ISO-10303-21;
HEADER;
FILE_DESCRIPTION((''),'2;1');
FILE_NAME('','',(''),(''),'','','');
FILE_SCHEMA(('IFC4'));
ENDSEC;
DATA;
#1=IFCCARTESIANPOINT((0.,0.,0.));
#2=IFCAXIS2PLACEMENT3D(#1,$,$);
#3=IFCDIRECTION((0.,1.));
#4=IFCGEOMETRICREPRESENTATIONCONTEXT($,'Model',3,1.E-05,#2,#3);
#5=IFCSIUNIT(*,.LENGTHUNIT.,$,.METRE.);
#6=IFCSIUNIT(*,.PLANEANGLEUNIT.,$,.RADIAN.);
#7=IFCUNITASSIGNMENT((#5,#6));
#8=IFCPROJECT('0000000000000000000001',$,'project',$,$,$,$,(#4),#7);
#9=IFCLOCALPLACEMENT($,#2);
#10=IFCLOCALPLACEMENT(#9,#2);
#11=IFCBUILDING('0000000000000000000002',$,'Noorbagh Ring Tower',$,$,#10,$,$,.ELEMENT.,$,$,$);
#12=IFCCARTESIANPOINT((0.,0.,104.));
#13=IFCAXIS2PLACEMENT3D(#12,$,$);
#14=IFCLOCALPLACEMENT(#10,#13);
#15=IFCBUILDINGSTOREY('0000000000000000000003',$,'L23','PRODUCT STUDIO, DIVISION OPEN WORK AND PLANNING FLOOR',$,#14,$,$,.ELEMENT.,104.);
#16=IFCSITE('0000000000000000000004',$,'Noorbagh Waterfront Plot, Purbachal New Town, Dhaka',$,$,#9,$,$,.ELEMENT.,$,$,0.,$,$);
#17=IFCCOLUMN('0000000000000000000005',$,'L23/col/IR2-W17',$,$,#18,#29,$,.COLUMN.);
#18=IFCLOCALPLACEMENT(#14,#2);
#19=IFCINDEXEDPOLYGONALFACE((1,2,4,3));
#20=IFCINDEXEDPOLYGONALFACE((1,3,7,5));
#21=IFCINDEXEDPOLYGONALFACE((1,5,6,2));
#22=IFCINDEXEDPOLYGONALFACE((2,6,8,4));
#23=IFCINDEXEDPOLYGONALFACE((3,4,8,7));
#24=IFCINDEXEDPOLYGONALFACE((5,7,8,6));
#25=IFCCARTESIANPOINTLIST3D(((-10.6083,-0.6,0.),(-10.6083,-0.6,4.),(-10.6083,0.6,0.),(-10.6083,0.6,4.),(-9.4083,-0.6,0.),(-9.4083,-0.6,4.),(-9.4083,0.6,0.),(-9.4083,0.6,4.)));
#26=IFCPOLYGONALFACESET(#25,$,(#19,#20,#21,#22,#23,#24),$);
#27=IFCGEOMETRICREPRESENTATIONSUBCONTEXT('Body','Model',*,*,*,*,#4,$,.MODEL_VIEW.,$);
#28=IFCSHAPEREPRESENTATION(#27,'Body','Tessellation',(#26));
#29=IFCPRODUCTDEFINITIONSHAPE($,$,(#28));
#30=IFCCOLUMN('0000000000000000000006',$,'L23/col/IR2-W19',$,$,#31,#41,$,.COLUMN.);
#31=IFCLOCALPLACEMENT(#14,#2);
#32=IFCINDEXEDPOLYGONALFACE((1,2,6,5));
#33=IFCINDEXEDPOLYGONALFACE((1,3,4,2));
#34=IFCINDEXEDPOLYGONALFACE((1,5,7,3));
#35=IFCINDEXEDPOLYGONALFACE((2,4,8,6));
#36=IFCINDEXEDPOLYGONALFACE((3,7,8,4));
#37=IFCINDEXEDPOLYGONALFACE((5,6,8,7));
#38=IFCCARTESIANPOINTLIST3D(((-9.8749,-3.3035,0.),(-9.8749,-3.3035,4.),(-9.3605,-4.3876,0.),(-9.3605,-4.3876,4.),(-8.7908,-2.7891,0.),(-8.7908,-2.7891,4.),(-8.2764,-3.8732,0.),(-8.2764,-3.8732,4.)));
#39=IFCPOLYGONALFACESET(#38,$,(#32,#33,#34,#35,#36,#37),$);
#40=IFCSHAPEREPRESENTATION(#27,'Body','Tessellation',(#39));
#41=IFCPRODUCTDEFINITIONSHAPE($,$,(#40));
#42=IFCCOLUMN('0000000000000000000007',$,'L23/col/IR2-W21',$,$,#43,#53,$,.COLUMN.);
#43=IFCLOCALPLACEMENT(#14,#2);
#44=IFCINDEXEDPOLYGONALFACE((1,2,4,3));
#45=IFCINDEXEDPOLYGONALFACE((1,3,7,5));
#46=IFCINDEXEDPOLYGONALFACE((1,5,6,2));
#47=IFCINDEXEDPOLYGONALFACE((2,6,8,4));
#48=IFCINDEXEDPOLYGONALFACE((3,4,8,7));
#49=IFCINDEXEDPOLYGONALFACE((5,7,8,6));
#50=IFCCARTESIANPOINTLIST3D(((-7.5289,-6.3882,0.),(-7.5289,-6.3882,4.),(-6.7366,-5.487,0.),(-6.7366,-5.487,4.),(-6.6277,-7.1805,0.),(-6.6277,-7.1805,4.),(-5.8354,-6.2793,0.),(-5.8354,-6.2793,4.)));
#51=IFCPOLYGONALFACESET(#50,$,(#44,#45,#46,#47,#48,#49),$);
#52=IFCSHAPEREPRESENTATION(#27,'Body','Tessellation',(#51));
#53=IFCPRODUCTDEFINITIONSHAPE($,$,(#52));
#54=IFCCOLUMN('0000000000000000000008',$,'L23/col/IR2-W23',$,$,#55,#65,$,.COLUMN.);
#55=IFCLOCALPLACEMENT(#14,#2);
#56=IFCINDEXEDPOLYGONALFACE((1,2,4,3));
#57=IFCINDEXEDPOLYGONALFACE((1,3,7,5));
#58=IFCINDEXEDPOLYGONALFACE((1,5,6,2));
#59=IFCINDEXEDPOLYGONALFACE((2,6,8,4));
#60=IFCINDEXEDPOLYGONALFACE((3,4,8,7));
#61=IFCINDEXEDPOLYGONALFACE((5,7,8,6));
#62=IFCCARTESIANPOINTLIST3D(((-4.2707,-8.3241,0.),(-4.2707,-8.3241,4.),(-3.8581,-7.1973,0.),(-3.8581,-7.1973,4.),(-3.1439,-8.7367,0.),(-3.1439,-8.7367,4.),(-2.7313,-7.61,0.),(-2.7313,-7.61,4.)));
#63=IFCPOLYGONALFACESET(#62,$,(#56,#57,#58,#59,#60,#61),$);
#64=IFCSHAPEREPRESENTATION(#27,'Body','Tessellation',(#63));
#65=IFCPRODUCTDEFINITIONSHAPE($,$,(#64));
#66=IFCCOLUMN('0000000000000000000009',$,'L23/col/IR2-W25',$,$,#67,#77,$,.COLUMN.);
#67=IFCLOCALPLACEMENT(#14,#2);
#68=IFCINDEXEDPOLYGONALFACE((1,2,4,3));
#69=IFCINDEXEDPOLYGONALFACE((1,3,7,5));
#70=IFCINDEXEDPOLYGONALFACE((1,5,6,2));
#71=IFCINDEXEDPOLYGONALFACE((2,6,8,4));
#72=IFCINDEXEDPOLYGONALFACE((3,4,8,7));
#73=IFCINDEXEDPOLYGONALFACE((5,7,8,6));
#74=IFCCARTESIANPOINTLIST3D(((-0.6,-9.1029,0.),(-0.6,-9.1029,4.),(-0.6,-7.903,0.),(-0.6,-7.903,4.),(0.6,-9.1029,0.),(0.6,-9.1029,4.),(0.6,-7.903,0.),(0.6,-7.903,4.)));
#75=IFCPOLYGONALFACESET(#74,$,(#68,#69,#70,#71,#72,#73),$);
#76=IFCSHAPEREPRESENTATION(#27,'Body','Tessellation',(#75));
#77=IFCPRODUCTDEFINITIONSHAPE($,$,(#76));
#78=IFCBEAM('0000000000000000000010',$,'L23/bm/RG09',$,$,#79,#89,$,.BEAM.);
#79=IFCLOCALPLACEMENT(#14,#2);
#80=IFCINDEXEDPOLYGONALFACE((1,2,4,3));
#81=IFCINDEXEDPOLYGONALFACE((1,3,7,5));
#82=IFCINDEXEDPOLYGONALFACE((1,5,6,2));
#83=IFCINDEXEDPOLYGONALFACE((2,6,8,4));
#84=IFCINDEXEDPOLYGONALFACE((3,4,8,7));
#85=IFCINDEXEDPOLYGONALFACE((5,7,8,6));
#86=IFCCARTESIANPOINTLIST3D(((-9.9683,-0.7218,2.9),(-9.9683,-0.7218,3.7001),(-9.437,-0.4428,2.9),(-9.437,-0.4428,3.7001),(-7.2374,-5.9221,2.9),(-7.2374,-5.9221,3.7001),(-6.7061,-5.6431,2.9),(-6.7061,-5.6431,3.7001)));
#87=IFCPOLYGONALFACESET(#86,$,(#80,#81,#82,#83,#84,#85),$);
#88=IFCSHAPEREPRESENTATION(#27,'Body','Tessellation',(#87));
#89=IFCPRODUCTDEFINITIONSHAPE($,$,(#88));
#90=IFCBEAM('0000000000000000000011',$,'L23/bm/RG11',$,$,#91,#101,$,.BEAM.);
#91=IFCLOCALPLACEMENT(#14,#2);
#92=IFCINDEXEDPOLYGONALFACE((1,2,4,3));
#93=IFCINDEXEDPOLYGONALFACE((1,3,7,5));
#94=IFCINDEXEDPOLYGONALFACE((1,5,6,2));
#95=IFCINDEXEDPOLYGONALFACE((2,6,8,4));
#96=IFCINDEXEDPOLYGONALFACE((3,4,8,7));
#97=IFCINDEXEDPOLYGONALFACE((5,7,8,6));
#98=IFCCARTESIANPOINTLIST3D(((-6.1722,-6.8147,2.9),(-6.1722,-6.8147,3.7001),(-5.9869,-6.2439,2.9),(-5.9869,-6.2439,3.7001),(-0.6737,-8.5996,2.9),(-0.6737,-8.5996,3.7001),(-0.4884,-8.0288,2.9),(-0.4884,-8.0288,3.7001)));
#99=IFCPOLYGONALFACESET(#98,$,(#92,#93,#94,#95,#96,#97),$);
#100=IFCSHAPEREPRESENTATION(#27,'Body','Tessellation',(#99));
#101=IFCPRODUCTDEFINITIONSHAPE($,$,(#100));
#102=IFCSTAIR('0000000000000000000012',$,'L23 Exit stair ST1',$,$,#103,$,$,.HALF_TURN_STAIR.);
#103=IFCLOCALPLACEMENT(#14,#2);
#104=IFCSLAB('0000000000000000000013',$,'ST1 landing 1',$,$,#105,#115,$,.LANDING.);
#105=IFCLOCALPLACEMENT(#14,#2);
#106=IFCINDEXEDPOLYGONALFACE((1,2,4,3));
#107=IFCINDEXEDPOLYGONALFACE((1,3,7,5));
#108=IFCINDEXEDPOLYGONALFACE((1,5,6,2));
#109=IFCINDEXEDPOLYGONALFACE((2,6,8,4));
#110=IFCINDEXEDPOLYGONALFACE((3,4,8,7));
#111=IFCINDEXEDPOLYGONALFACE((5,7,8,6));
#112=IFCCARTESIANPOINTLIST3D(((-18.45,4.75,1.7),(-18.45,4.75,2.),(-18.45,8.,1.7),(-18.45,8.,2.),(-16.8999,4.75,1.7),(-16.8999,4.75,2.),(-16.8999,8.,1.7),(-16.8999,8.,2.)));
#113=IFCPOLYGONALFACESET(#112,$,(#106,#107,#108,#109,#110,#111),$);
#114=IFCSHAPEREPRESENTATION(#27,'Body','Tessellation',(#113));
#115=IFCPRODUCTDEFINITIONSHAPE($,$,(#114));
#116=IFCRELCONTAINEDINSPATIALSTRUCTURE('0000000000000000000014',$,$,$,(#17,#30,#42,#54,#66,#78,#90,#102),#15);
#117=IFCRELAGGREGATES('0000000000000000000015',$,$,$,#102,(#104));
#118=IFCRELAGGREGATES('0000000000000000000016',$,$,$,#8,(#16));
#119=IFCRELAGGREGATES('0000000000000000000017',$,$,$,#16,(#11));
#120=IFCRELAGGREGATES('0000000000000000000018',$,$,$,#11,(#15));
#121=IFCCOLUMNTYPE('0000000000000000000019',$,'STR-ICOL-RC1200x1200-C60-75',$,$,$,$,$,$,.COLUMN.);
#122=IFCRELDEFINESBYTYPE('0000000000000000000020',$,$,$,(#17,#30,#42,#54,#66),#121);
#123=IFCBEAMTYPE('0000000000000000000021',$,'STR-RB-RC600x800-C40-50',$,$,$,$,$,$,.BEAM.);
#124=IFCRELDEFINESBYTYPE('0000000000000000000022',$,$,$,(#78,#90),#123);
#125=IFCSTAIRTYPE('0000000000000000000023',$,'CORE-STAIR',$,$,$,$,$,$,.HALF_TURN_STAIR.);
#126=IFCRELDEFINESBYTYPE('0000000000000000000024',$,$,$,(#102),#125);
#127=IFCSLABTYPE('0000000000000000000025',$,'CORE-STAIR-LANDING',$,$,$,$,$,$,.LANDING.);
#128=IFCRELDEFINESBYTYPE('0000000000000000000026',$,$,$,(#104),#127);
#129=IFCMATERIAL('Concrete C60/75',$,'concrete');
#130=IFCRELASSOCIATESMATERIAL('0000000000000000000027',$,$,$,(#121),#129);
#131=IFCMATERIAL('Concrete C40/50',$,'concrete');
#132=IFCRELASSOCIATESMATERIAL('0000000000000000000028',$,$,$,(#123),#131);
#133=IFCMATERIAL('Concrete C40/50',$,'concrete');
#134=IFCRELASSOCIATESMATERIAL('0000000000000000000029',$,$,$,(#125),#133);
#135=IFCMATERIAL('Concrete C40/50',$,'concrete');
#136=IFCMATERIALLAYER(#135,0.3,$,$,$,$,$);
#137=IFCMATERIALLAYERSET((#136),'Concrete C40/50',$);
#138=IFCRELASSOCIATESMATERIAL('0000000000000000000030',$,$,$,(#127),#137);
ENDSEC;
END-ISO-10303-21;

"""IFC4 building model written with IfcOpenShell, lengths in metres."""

from ifc_helpers import new_model, si_unit, direction, frame, origin, origin_2d, place, context, subcontext, project, spatial, polyline, rectangle, outline, extrude, material, layer, layer_set, material_profile, profile_set, type_object, element, aggregate, save


model = new_model("IFC4")

# Units and contexts
model_context = context("Model", 3, precision=1e-05, world=origin(), true_north=direction((0.0, 1.0)))
body_context = subcontext(model_context, "Body", "Model", "MODEL_VIEW")
ifc_project = project(units=[si_unit("LENGTHUNIT", "METRE"), si_unit("PLANEANGLEUNIT", "RADIAN")], contexts=[model_context])

# Site, building, storey
site_placement = place(None, origin())
site = spatial("IfcSite", under=ifc_project, at=site_placement, Name="Noorbagh Waterfront Plot, Purbachal New Town, Dhaka", CompositionType="ELEMENT", RefElevation=0.0)
building_placement = place(site_placement, origin())
building = spatial("IfcBuilding", under=site, at=building_placement, Name="Noorbagh Ring Tower", CompositionType="ELEMENT")
storey_placement = place(building_placement, frame((0.0, 0.0, 104.0)))
storey = spatial("IfcBuildingStorey", under=building, at=storey_placement, Name="L23", Description="PRODUCT STUDIO, DIVISION OPEN WORK AND PLANNING FLOOR", CompositionType="ELEMENT", Elevation=104.0)

# Columns
ifc_material_1 = material(Name="Concrete C60/75", Category="concrete")
ifc_material_profile_1 = material_profile(ifc_material_1, rectangle(XDim=1.2, YDim=1.2, at=origin_2d()), Name="RC1200x1200")
ifc_profile_set_1 = profile_set([ifc_material_profile_1], Name="Concrete C60/75")
column_type = type_object("IfcColumnType", Name="STR-ICOL-RC1200x1200-C60-75", PredefinedType="COLUMN", material=ifc_profile_set_1)
for number, where, z_axis, x_axis, name in (
    (1, (-10.0083, 0.0, 0.0), (0.0, 0.0, 1.0), (0.0, -1.0, 0.0), "L23/col/IR2-W17"),
    (2, (-9.0757, -3.5884, 0.0), (0.0, 0.0, 1.0), (0.428667, -0.903463, 0.0), "L23/col/IR2-W19"),
    (3, (-6.6821, -6.3337, 0.0), (0.0, 0.0, 1.0), (0.751022, -0.660277, 0.0), "L23/col/IR2-W21"),
    (4, (-3.501, -7.967, 0.0), (0.0, 0.0, 1.0), (0.93902, -0.343864, 0.0), "L23/col/IR2-W23"),
    (5, (0.0, -8.5029, 0.0), (0.0, 0.0, 1.0), (1.0, 0.0, 0.0), "L23/col/IR2-W25"),
):
    element("IfcColumn", number, at=place(storey_placement, frame(where, z_axis=z_axis, x_axis=x_axis)), inside=storey, type_object=column_type, Name=name, PredefinedType="COLUMN", context=body_context, shape_type="SweptSolid", body=[
        extrude(rectangle(XDim=1.2, YDim=1.2, at=origin_2d()), origin(), (0.0, 0.0, 1.0), 4.0),
    ])

# Beams
ifc_material_2 = material(Name="Concrete C40/50", Category="concrete")
ifc_material_profile_2 = material_profile(ifc_material_2, rectangle(XDim=0.6001, YDim=0.8, at=origin_2d()), Name="RC600x800")
ifc_profile_set_2 = profile_set([ifc_material_profile_2], Name="Concrete C40/50")
beam_type = type_object("IfcBeamType", Name="STR-RB-RC600x800-C40-50", PredefinedType="BEAM", material=ifc_profile_set_2)
beam_1_placement = place(storey_placement, frame((-9.7026, -0.5823, 3.3), z_axis=(0.464931, -0.885347, 0.0), x_axis=(0.885347, 0.464931, 0.0)))
element("IfcBeam", 6, at=beam_1_placement, inside=storey, type_object=beam_type, Name="L23/bm/RG09", PredefinedType="BEAM", context=body_context, shape_type="SweptSolid", body=[
    extrude(rectangle(XDim=0.6001, YDim=0.8, at=origin_2d()), origin(), (0.0, 0.0, 1.0), 5.8738),
])
beam_2_placement = place(storey_placement, frame((-6.0796, -6.5293, 3.3), z_axis=(0.951141, -0.308756, 0.0), x_axis=(0.308756, 0.951141, 0.0)))
element("IfcBeam", 7, at=beam_2_placement, inside=storey, type_object=beam_type, Name="L23/bm/RG11", PredefinedType="BEAM", context=body_context, shape_type="SweptSolid", body=[
    extrude(rectangle(XDim=0.6001, YDim=0.8, at=origin_2d()), origin(), (0.0, 0.0, 1.0), 5.781),
])

# Stair, slab
ifc_material_3 = material(Name="Concrete C40/50", Category="concrete")
stair_type = type_object("IfcStairType", Name="CORE-STAIR", PredefinedType="HALF_TURN_STAIR", material=ifc_material_3)
stair_placement = place(storey_placement, origin())
stair = element("IfcStair", 8, at=stair_placement, inside=storey, type_object=stair_type, Name="L23 Exit stair ST1", PredefinedType="HALF_TURN_STAIR")
ifc_material_4 = material(Name="Concrete C40/50", Category="concrete")
ifc_layer_1 = layer(ifc_material_4, 0.3)
ifc_layer_set_1 = layer_set([ifc_layer_1], Name="Concrete C40/50")
slab_type_1 = type_object("IfcSlabType", Name="CORE-STAIR-LANDING", PredefinedType="LANDING", material=ifc_layer_set_1)
slab_1_placement = place(storey_placement, frame((0.0, 0.0, 1.7)))
slab_1 = element("IfcSlab", 9, at=slab_1_placement, type_object=slab_type_1, Name="ST1 landing 1", PredefinedType="LANDING", context=body_context, shape_type="SweptSolid", body=[
    extrude(outline(polyline([(-18.45, 4.75), (-16.8999, 4.75), (-16.8999, 8.0), (-18.45, 8.0), (-18.45, 4.75)])), origin(), (0.0, 0.0, 1.0), 0.3),
])
aggregate(stair, [slab_1])

save(model, "model.ifc")
